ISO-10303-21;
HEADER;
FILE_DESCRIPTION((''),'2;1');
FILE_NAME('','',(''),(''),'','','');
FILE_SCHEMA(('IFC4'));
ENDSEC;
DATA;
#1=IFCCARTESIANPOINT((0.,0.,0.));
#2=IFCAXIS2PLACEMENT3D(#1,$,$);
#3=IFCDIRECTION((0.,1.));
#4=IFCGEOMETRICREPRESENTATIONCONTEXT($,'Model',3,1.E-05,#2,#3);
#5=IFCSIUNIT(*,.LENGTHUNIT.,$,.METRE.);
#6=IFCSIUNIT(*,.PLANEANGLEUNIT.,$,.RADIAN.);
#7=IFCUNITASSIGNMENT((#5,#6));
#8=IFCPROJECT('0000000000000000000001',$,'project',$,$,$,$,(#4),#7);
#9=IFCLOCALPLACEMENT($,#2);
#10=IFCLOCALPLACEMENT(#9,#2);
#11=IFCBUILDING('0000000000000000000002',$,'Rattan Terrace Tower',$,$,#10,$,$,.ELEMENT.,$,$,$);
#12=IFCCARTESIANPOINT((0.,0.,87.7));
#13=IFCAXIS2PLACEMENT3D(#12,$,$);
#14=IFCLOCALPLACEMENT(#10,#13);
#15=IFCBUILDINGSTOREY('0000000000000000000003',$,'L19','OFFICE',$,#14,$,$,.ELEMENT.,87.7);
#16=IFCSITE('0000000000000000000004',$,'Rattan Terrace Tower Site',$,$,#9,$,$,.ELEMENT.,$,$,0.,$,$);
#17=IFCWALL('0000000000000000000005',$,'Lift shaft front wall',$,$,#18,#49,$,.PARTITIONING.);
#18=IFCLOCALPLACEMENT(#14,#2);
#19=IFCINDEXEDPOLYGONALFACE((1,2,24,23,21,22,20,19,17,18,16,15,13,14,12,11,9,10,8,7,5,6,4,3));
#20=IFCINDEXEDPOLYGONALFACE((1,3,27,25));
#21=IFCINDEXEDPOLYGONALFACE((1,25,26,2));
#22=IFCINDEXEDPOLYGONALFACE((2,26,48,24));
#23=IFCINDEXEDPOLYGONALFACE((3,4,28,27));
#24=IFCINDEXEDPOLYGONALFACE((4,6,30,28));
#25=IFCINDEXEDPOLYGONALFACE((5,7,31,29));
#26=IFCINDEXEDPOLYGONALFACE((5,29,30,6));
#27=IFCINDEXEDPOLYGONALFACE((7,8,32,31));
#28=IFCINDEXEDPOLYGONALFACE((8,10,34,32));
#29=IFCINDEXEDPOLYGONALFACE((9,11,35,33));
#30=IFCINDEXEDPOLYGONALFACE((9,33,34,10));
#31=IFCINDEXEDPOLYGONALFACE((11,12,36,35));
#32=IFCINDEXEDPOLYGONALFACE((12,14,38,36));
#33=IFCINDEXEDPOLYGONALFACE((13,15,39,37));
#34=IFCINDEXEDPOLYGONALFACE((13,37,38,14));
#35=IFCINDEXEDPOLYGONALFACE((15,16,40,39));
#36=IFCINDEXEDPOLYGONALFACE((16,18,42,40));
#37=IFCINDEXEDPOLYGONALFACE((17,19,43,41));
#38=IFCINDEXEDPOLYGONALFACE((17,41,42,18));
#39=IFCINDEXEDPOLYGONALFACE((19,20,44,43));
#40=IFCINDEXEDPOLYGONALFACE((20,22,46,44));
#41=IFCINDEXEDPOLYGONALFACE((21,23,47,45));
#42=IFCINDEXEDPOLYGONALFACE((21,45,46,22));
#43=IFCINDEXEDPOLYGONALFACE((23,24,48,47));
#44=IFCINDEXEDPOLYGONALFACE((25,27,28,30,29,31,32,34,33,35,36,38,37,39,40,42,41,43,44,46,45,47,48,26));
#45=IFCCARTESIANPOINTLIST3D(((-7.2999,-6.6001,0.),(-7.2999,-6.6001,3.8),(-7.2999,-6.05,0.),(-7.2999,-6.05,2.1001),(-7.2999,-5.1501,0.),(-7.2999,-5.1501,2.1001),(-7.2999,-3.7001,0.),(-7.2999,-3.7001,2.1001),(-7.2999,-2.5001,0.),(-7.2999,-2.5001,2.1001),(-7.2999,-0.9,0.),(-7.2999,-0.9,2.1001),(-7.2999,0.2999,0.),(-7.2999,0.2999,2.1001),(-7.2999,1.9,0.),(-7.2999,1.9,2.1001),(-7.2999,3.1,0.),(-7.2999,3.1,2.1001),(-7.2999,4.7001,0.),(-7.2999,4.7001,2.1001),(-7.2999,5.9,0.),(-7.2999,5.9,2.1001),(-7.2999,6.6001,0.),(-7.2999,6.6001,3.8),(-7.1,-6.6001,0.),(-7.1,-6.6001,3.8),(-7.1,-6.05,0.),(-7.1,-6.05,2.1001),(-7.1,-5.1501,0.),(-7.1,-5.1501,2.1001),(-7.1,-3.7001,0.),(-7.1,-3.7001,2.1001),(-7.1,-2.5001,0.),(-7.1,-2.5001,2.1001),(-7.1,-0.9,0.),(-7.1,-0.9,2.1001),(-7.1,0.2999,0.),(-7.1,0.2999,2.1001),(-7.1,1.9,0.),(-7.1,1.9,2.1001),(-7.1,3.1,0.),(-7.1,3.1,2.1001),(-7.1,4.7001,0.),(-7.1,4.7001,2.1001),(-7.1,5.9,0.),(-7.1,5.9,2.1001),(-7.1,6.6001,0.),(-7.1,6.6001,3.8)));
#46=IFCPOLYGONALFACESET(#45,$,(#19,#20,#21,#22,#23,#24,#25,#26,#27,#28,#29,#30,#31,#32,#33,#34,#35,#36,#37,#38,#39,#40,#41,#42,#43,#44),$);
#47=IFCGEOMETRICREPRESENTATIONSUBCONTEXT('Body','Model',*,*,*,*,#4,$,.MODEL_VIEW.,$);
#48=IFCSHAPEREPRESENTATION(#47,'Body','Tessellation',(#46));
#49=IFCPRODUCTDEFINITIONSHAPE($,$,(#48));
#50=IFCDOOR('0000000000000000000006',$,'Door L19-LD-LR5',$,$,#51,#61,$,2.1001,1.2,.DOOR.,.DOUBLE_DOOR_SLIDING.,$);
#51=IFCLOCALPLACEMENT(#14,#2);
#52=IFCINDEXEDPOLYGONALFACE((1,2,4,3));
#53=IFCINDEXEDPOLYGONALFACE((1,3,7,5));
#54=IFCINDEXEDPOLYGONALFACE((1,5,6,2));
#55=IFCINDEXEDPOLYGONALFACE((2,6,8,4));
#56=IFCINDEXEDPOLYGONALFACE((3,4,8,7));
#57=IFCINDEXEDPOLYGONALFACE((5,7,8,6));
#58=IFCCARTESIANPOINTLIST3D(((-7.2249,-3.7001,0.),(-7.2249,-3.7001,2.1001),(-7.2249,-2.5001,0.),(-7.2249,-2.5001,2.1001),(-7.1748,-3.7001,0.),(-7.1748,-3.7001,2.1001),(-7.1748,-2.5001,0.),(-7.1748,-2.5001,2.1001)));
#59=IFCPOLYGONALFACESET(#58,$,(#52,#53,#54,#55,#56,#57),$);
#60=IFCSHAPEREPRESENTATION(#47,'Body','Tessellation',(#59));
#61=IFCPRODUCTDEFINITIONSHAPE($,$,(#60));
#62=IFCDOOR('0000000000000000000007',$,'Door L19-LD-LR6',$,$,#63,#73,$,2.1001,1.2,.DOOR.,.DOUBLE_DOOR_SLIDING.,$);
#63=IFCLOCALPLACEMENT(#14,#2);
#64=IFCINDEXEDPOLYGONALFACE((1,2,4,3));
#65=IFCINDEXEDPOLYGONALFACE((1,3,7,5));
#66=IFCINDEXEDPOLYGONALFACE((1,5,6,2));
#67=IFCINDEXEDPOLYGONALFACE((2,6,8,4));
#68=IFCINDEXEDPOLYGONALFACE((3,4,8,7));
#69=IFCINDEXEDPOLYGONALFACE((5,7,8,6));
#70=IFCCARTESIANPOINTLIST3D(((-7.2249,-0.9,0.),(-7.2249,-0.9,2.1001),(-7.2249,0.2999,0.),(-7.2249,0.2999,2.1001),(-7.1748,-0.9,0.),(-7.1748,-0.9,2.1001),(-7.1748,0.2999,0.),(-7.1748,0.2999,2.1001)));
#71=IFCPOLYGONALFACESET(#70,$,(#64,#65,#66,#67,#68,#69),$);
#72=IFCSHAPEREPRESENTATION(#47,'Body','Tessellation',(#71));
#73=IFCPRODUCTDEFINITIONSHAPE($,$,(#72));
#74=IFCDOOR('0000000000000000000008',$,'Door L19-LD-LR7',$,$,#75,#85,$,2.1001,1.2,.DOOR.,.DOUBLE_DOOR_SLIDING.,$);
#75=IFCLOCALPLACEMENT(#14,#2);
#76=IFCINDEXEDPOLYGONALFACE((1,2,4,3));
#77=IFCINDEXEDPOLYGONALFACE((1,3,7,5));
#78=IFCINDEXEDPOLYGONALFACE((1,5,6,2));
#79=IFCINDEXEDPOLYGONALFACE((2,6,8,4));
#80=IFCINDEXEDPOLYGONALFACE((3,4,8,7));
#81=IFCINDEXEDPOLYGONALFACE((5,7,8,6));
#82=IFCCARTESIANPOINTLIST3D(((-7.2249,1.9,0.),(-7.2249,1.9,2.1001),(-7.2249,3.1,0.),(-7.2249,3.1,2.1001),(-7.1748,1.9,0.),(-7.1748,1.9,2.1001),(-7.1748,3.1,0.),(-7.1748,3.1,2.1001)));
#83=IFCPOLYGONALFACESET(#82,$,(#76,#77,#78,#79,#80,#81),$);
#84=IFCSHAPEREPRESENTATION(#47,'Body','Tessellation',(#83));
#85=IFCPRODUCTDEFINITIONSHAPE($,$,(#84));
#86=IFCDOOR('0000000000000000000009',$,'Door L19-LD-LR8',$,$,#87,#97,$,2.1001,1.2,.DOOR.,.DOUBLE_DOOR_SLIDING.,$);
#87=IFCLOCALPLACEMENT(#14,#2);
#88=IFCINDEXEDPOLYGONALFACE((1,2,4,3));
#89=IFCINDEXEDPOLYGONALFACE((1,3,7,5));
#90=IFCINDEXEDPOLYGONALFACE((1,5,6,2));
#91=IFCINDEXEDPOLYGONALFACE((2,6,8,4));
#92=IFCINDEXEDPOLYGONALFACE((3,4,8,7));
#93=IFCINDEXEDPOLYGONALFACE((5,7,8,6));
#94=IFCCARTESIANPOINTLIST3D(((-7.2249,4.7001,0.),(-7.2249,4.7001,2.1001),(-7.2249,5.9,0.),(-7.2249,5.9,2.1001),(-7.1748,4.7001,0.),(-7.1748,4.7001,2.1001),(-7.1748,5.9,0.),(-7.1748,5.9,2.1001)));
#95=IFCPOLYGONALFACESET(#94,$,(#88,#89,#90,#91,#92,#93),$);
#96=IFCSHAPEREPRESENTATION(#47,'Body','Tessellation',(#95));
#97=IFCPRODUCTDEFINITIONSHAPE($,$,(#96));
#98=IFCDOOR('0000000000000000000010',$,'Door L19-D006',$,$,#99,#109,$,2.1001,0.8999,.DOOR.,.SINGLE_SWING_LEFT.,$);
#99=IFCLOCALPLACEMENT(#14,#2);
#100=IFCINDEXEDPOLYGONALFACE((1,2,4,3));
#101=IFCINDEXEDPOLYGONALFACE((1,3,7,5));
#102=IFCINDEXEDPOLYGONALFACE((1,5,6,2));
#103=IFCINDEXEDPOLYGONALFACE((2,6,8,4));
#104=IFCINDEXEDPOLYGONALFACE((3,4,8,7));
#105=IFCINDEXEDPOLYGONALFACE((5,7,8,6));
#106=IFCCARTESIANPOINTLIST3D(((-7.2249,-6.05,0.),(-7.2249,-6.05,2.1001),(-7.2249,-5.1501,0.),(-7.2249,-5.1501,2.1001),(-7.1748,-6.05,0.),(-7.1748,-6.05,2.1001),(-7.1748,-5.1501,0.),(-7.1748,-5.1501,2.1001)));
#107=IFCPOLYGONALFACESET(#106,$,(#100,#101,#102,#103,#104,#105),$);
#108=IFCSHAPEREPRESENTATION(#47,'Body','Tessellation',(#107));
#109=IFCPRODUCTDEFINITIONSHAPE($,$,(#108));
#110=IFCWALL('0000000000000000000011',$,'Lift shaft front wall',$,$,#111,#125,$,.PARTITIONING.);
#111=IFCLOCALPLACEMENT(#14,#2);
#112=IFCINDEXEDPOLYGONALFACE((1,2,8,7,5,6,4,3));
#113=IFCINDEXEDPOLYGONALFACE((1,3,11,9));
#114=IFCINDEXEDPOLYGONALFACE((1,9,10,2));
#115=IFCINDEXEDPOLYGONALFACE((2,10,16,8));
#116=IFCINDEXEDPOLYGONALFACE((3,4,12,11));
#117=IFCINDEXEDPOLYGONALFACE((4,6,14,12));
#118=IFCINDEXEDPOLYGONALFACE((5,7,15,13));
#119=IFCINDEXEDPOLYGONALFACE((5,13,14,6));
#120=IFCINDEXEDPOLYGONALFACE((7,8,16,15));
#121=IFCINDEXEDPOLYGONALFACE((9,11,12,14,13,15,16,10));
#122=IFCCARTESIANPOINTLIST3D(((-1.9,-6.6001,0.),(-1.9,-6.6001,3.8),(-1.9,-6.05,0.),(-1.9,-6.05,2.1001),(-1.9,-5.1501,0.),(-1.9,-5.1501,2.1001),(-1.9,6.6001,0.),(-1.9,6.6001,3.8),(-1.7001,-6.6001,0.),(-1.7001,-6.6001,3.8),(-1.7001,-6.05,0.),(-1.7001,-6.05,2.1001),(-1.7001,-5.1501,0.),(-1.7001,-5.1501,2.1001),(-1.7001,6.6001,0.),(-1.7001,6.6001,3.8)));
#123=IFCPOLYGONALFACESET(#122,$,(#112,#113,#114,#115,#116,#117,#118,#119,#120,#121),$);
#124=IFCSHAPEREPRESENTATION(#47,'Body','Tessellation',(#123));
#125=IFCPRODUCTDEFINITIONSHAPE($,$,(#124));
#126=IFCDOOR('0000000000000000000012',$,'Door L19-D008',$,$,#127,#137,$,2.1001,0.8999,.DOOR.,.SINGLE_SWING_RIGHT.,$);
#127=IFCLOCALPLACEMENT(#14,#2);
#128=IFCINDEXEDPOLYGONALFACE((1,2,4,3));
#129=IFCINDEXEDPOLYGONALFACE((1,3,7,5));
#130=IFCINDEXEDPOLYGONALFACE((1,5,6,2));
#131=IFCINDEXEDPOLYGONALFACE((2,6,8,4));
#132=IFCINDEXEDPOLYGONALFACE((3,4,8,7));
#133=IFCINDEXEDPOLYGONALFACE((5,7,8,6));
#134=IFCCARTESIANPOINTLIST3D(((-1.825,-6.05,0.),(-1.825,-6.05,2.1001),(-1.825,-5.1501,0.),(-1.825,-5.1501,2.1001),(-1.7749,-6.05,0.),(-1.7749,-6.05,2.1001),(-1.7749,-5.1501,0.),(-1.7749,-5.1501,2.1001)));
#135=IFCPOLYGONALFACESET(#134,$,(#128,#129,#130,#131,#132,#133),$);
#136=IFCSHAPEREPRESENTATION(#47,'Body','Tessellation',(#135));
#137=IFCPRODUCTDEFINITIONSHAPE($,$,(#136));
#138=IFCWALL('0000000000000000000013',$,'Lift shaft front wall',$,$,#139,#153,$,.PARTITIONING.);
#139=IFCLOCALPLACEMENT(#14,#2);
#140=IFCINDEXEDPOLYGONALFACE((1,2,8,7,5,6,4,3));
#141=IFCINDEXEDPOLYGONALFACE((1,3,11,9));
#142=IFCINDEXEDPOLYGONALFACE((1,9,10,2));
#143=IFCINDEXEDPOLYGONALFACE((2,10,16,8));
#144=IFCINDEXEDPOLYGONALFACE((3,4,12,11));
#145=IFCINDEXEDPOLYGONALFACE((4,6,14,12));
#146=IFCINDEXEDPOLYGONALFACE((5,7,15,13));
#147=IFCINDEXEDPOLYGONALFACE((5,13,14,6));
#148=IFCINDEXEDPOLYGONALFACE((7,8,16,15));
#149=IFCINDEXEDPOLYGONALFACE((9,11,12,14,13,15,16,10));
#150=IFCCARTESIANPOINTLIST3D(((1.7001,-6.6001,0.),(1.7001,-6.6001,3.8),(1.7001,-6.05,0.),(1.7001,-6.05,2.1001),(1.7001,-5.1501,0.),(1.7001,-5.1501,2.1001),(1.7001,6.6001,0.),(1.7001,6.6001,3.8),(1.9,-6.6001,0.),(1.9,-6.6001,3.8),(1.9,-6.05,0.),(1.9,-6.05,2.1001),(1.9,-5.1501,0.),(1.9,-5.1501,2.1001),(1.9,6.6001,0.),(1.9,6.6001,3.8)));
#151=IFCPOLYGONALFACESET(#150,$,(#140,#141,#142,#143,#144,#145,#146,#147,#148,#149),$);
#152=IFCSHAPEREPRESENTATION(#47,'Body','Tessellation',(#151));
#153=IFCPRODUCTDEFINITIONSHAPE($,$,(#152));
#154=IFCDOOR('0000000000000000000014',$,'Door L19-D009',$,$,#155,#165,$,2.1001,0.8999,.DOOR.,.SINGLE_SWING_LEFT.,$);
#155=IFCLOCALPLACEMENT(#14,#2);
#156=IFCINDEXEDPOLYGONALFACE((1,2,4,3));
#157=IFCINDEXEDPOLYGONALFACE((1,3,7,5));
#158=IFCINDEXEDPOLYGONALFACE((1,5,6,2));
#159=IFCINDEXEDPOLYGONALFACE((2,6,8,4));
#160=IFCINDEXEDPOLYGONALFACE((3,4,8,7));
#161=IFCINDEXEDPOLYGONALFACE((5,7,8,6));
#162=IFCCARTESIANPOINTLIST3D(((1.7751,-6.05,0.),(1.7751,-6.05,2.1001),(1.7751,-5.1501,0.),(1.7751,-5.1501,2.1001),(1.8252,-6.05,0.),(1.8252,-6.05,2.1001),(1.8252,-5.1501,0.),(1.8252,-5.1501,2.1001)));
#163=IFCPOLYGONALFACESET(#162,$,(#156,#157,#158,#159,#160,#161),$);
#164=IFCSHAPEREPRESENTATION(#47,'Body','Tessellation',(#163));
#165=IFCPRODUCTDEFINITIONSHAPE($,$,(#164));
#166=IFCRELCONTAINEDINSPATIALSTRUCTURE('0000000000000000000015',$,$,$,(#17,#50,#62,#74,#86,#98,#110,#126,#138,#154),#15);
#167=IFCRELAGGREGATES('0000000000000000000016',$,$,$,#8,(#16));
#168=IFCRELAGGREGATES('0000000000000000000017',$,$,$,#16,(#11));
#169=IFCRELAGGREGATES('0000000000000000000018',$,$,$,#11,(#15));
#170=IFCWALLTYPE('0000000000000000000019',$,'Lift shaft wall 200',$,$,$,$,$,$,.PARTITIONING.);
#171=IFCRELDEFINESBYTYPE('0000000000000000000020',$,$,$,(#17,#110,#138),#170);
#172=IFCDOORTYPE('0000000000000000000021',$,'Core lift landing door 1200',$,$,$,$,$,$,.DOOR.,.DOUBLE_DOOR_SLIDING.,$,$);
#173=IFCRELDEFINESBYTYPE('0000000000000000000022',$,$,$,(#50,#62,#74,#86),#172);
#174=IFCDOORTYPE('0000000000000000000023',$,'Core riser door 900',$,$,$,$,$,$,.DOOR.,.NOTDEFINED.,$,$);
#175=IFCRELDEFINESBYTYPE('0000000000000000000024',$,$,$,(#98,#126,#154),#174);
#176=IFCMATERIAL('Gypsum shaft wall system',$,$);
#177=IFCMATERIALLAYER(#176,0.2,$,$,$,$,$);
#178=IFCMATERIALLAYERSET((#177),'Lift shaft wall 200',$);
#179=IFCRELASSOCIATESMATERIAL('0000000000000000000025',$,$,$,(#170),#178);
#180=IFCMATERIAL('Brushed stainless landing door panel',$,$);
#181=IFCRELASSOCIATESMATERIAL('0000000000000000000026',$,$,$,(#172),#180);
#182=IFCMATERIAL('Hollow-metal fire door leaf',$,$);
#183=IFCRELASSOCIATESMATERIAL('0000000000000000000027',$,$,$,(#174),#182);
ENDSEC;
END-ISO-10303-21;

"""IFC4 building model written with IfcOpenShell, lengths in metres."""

from ifc_helpers import new_model, si_unit, direction, frame, frame_2d, origin, place, context, subcontext, project, spatial, rectangle, extrude, material, layer, layer_set, type_object, element, fill, save


model = new_model("IFC4")

# Units and contexts
model_context = context("Model", 3, precision=1e-05, world=origin(), true_north=direction((0.0, 1.0)))
body_context = subcontext(model_context, "Body", "Model", "MODEL_VIEW")
ifc_project = project(units=[si_unit("LENGTHUNIT", "METRE"), si_unit("PLANEANGLEUNIT", "RADIAN")], contexts=[model_context])

# Site, building, storey
site_placement = place(None, origin())
site = spatial("IfcSite", under=ifc_project, at=site_placement, Name="Rattan Terrace Tower Site", CompositionType="ELEMENT", RefElevation=0.0)
building_placement = place(site_placement, origin())
building = spatial("IfcBuilding", under=site, at=building_placement, Name="Rattan Terrace Tower", CompositionType="ELEMENT")
storey_placement = place(building_placement, frame((0.0, 0.0, 87.7)))
storey = spatial("IfcBuildingStorey", under=building, at=storey_placement, Name="L19", Description="OFFICE", CompositionType="ELEMENT", Elevation=87.7)

# Wall, openings, doors
ifc_material_1 = material(Name="Gypsum shaft wall system")
ifc_layer_1 = layer(ifc_material_1, 0.2)
ifc_layer_set_1 = layer_set([ifc_layer_1], Name="Lift shaft wall 200")
wall_type_1 = type_object("IfcWallType", Name="Lift shaft wall 200", PredefinedType="PARTITIONING", material=ifc_layer_set_1)
ifc_material_2 = material(Name="Brushed stainless landing door panel")
door_type_1 = type_object("IfcDoorType", Name="Core lift landing door 1200", OperationType="DOUBLE_DOOR_SLIDING", PredefinedType="DOOR", material=ifc_material_2)
ifc_material_3 = material(Name="Hollow-metal fire door leaf")
door_type_2 = type_object("IfcDoorType", Name="Core riser door 900", OperationType="NOTDEFINED", PredefinedType="DOOR", material=ifc_material_3)
wall_1_placement = place(storey_placement, frame((-7.2, -6.6001, 0.0), z_axis=(0.0, 0.0, 1.0), x_axis=(0.0, 1.0, 0.0)))
wall_1 = element("IfcWall", 1, at=wall_1_placement, inside=storey, type_object=wall_type_1, Name="Lift shaft front wall", PredefinedType="PARTITIONING", context=body_context, shape_type="SweptSolid", body=[
    extrude(rectangle(XDim=13.2002, YDim=0.2, at=frame_2d((6.6001, 0.0))), origin(), (0.0, 0.0, 1.0), 3.8),
])
opening_1_placement = place(wall_1_placement, frame((0.55, 0.0, 0.0)))
opening_1 = element("IfcOpeningElement", 2, at=opening_1_placement, cuts=wall_1, PredefinedType="OPENING", context=body_context, shape_type="SweptSolid", body=[
    extrude(rectangle(XDim=0.8999, YDim=2.1001, at=frame_2d((0.45, 1.05))), frame((0.0, 0.1106, 0.0), z_axis=(0.0, -1.0, 0.0), x_axis=(1.0, 0.0, 0.0)), (0.0, 0.0, 1.0), 0.2209),
])
opening_2_placement = place(wall_1_placement, frame((2.8999, 0.0, 0.0)))
opening_2 = element("IfcOpeningElement", 3, at=opening_2_placement, cuts=wall_1, PredefinedType="OPENING", context=body_context, shape_type="SweptSolid", body=[
    extrude(rectangle(XDim=1.2, YDim=2.1001, at=frame_2d((0.6001, 1.05))), frame((0.0, 0.1106, 0.0), z_axis=(0.0, -1.0, 0.0), x_axis=(1.0, 0.0, 0.0)), (0.0, 0.0, 1.0), 0.2209),
])
opening_3_placement = place(wall_1_placement, frame((5.7, 0.0, 0.0)))
opening_3 = element("IfcOpeningElement", 4, at=opening_3_placement, cuts=wall_1, PredefinedType="OPENING", context=body_context, shape_type="SweptSolid", body=[
    extrude(rectangle(XDim=1.2, YDim=2.1001, at=frame_2d((0.6001, 1.05))), frame((0.0, 0.1106, 0.0), z_axis=(0.0, -1.0, 0.0), x_axis=(1.0, 0.0, 0.0)), (0.0, 0.0, 1.0), 0.2209),
])
opening_4_placement = place(wall_1_placement, frame((8.5, 0.0, 0.0)))
opening_4 = element("IfcOpeningElement", 5, at=opening_4_placement, cuts=wall_1, PredefinedType="OPENING", context=body_context, shape_type="SweptSolid", body=[
    extrude(rectangle(XDim=1.2, YDim=2.1001, at=frame_2d((0.6001, 1.05))), frame((0.0, 0.1106, 0.0), z_axis=(0.0, -1.0, 0.0), x_axis=(1.0, 0.0, 0.0)), (0.0, 0.0, 1.0), 0.2209),
])
opening_5_placement = place(wall_1_placement, frame((11.3, 0.0, 0.0)))
opening_5 = element("IfcOpeningElement", 6, at=opening_5_placement, cuts=wall_1, PredefinedType="OPENING", context=body_context, shape_type="SweptSolid", body=[
    extrude(rectangle(XDim=1.2, YDim=2.1001, at=frame_2d((0.6001, 1.05))), frame((0.0, 0.1106, 0.0), z_axis=(0.0, -1.0, 0.0), x_axis=(1.0, 0.0, 0.0)), (0.0, 0.0, 1.0), 0.2209),
])
door_1_placement = place(opening_2_placement, origin())
door_1 = element("IfcDoor", 7, at=door_1_placement, inside=storey, type_object=door_type_1, Name="Door L19-LD-LR5", OperationType="DOUBLE_DOOR_SLIDING", OverallHeight=2.1001, OverallWidth=1.2, PredefinedType="DOOR", context=body_context, shape_type="SweptSolid", body=[
    extrude(rectangle(XDim=1.2, YDim=2.1001, at=frame_2d((0.6001, 1.05))), frame((0.0, 0.0249, 0.0), z_axis=(0.0, -1.0, 0.0), x_axis=(1.0, 0.0, 0.0)), (0.0, 0.0, 1.0), 0.05),
])
fill(opening_2, door_1)
door_2_placement = place(opening_3_placement, origin())
door_2 = element("IfcDoor", 8, at=door_2_placement, inside=storey, type_object=door_type_1, Name="Door L19-LD-LR6", OperationType="DOUBLE_DOOR_SLIDING", OverallHeight=2.1001, OverallWidth=1.2, PredefinedType="DOOR", context=body_context, shape_type="SweptSolid", body=[
    extrude(rectangle(XDim=1.2, YDim=2.1001, at=frame_2d((0.6001, 1.05))), frame((0.0, 0.0249, 0.0), z_axis=(0.0, -1.0, 0.0), x_axis=(1.0, 0.0, 0.0)), (0.0, 0.0, 1.0), 0.05),
])
fill(opening_3, door_2)
door_3_placement = place(opening_4_placement, origin())
door_3 = element("IfcDoor", 9, at=door_3_placement, inside=storey, type_object=door_type_1, Name="Door L19-LD-LR7", OperationType="DOUBLE_DOOR_SLIDING", OverallHeight=2.1001, OverallWidth=1.2, PredefinedType="DOOR", context=body_context, shape_type="SweptSolid", body=[
    extrude(rectangle(XDim=1.2, YDim=2.1001, at=frame_2d((0.6001, 1.05))), frame((0.0, 0.0249, 0.0), z_axis=(0.0, -1.0, 0.0), x_axis=(1.0, 0.0, 0.0)), (0.0, 0.0, 1.0), 0.05),
])
fill(opening_4, door_3)
door_4_placement = place(opening_5_placement, origin())
door_4 = element("IfcDoor", 10, at=door_4_placement, inside=storey, type_object=door_type_1, Name="Door L19-LD-LR8", OperationType="DOUBLE_DOOR_SLIDING", OverallHeight=2.1001, OverallWidth=1.2, PredefinedType="DOOR", context=body_context, shape_type="SweptSolid", body=[
    extrude(rectangle(XDim=1.2, YDim=2.1001, at=frame_2d((0.6001, 1.05))), frame((0.0, 0.0249, 0.0), z_axis=(0.0, -1.0, 0.0), x_axis=(1.0, 0.0, 0.0)), (0.0, 0.0, 1.0), 0.05),
])
fill(opening_5, door_4)
door_5_placement = place(opening_1_placement, origin())
door_5 = element("IfcDoor", 11, at=door_5_placement, inside=storey, type_object=door_type_2, Name="Door L19-D006", OperationType="SINGLE_SWING_LEFT", OverallHeight=2.1001, OverallWidth=0.8999, PredefinedType="DOOR", context=body_context, shape_type="SweptSolid", body=[
    extrude(rectangle(XDim=0.8999, YDim=2.1001, at=frame_2d((0.45, 1.05))), frame((0.0, 0.0249, 0.0), z_axis=(0.0, -1.0, 0.0), x_axis=(1.0, 0.0, 0.0)), (0.0, 0.0, 1.0), 0.05),
])
fill(opening_1, door_5)

# Walls, openings, doors
wall_2_placement = place(storey_placement, frame((-1.8, -6.6001, 0.0), z_axis=(0.0, 0.0, 1.0), x_axis=(0.0, 1.0, 0.0)))
wall_2 = element("IfcWall", 12, at=wall_2_placement, inside=storey, type_object=wall_type_1, Name="Lift shaft front wall", PredefinedType="PARTITIONING", context=body_context, shape_type="SweptSolid", body=[
    extrude(rectangle(XDim=13.2002, YDim=0.2, at=frame_2d((6.6001, 0.0))), origin(), (0.0, 0.0, 1.0), 3.8),
])
opening_6_placement = place(wall_2_placement, frame((0.55, 0.0, 0.0)))
opening_6 = element("IfcOpeningElement", 13, at=opening_6_placement, cuts=wall_2, PredefinedType="OPENING", context=body_context, shape_type="SweptSolid", body=[
    extrude(rectangle(XDim=0.8999, YDim=2.1001, at=frame_2d((0.45, 1.05))), frame((0.0, 0.1106, 0.0), z_axis=(0.0, -1.0, 0.0), x_axis=(1.0, 0.0, 0.0)), (0.0, 0.0, 1.0), 0.2209),
])
door_6_placement = place(opening_6_placement, origin())
door_6 = element("IfcDoor", 14, at=door_6_placement, inside=storey, type_object=door_type_2, Name="Door L19-D008", OperationType="SINGLE_SWING_RIGHT", OverallHeight=2.1001, OverallWidth=0.8999, PredefinedType="DOOR", context=body_context, shape_type="SweptSolid", body=[
    extrude(rectangle(XDim=0.8999, YDim=2.1001, at=frame_2d((0.45, 1.05))), frame((0.0, 0.0249, 0.0), z_axis=(0.0, -1.0, 0.0), x_axis=(1.0, 0.0, 0.0)), (0.0, 0.0, 1.0), 0.05),
])
fill(opening_6, door_6)
wall_3_placement = place(storey_placement, frame((1.8, -6.6001, 0.0), z_axis=(0.0, 0.0, 1.0), x_axis=(0.0, 1.0, 0.0)))
wall_3 = element("IfcWall", 15, at=wall_3_placement, inside=storey, type_object=wall_type_1, Name="Lift shaft front wall", PredefinedType="PARTITIONING", context=body_context, shape_type="SweptSolid", body=[
    extrude(rectangle(XDim=13.2002, YDim=0.2, at=frame_2d((6.6001, 0.0))), origin(), (0.0, 0.0, 1.0), 3.8),
])
opening_7_placement = place(wall_3_placement, frame((0.55, 0.0, 0.0)))
opening_7 = element("IfcOpeningElement", 16, at=opening_7_placement, cuts=wall_3, PredefinedType="OPENING", context=body_context, shape_type="SweptSolid", body=[
    extrude(rectangle(XDim=0.8999, YDim=2.1001, at=frame_2d((0.45, 1.05))), frame((0.0, 0.1106, 0.0), z_axis=(0.0, -1.0, 0.0), x_axis=(1.0, 0.0, 0.0)), (0.0, 0.0, 1.0), 0.2209),
])
door_7_placement = place(opening_7_placement, origin())
door_7 = element("IfcDoor", 17, at=door_7_placement, inside=storey, type_object=door_type_2, Name="Door L19-D009", OperationType="SINGLE_SWING_LEFT", OverallHeight=2.1001, OverallWidth=0.8999, PredefinedType="DOOR", context=body_context, shape_type="SweptSolid", body=[
    extrude(rectangle(XDim=0.8999, YDim=2.1001, at=frame_2d((0.45, 1.05))), frame((0.0, 0.0249, 0.0), z_axis=(0.0, -1.0, 0.0), x_axis=(1.0, 0.0, 0.0)), (0.0, 0.0, 1.0), 0.05),
])
fill(opening_7, door_7)

save(model, "model.ifc")
